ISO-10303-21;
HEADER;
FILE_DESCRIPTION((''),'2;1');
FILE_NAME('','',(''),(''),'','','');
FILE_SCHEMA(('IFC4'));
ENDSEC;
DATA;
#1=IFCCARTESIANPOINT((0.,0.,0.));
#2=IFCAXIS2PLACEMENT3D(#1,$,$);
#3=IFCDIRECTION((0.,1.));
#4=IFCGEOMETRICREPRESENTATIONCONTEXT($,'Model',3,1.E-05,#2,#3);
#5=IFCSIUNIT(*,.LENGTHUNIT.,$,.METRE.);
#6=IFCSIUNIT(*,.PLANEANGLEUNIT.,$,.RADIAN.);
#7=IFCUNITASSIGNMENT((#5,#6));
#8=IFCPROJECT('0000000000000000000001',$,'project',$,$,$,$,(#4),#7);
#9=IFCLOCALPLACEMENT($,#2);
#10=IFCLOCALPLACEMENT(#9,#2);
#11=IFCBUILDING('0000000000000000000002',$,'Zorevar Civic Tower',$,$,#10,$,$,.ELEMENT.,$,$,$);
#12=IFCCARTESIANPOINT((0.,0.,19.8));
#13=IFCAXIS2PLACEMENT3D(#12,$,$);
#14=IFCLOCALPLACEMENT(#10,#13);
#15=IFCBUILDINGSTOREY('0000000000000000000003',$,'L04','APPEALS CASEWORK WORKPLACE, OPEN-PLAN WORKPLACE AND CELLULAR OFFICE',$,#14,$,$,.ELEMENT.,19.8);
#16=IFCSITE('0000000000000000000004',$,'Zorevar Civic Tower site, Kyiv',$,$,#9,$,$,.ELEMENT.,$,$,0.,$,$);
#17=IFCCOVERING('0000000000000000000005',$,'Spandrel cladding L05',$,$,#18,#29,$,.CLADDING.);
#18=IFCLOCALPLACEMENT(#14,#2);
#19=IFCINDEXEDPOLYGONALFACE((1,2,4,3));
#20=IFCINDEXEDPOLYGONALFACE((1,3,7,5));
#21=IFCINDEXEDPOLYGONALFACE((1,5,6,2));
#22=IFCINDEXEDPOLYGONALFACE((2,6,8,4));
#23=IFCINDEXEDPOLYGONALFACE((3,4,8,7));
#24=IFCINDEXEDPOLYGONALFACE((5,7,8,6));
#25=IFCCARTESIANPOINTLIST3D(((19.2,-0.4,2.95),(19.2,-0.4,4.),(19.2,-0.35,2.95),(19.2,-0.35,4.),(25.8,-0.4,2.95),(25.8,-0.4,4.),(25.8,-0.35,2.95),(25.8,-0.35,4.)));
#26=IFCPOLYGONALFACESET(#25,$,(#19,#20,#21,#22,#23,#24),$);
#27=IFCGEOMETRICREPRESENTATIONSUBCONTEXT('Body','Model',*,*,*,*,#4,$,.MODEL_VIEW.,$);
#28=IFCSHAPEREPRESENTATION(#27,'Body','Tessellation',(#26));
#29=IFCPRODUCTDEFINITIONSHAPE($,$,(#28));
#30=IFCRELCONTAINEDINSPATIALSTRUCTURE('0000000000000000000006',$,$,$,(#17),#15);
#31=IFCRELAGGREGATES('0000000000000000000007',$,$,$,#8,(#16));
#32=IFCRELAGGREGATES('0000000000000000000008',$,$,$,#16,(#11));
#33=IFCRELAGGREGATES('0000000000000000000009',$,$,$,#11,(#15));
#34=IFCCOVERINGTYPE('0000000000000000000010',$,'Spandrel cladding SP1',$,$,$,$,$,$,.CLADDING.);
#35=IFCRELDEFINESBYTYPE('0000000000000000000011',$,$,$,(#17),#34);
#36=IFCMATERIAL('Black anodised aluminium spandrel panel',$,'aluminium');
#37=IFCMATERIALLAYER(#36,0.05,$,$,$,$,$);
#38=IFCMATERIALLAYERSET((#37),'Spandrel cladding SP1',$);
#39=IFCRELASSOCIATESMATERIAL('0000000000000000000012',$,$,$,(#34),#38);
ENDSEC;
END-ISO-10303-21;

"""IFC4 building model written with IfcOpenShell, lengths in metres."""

from ifc_helpers import new_model, si_unit, direction, frame, frame_2d, origin, place, context, subcontext, project, spatial, rectangle, extrude, material, layer, layer_set, type_object, element, save


model = new_model("IFC4")

# Units and contexts
model_context = context("Model", 3, precision=1e-05, world=origin(), true_north=direction((0.0, 1.0)))
body_context = subcontext(model_context, "Body", "Model", "MODEL_VIEW")
ifc_project = project(units=[si_unit("LENGTHUNIT", "METRE"), si_unit("PLANEANGLEUNIT", "RADIAN")], contexts=[model_context])

# Site, building, storey
site_placement = place(None, origin())
site = spatial("IfcSite", under=ifc_project, at=site_placement, Name="Zorevar Civic Tower site, Kyiv", CompositionType="ELEMENT", RefElevation=0.0)
building_placement = place(site_placement, origin())
building = spatial("IfcBuilding", under=site, at=building_placement, Name="Zorevar Civic Tower", CompositionType="ELEMENT")
storey_placement = place(building_placement, frame((0.0, 0.0, 19.8)))
storey = spatial("IfcBuildingStorey", under=building, at=storey_placement, Name="L04", Description="APPEALS CASEWORK WORKPLACE, OPEN-PLAN WORKPLACE AND CELLULAR OFFICE", CompositionType="ELEMENT", Elevation=19.8)

# Covering
ifc_material_1 = material(Name="Black anodised aluminium spandrel panel", Category="aluminium")
ifc_layer_1 = layer(ifc_material_1, 0.05)
ifc_layer_set_1 = layer_set([ifc_layer_1], Name="Spandrel cladding SP1")
covering_type = type_object("IfcCoveringType", Name="Spandrel cladding SP1", PredefinedType="CLADDING", material=ifc_layer_set_1)
covering_placement = place(storey_placement, frame((19.2, -0.375, 2.95), z_axis=(0.0, 0.0, 1.0), x_axis=(1.0, 0.0, 0.0)))
element("IfcCovering", 1, at=covering_placement, inside=storey, type_object=covering_type, Name="Spandrel cladding L05", PredefinedType="CLADDING", context=body_context, shape_type="SweptSolid", body=[
    extrude(rectangle(XDim=6.6001, YDim=0.05, at=frame_2d((3.3, 0.0))), origin(), (0.0, 0.0, 1.0), 1.05),
])

save(model, "model.ifc")
